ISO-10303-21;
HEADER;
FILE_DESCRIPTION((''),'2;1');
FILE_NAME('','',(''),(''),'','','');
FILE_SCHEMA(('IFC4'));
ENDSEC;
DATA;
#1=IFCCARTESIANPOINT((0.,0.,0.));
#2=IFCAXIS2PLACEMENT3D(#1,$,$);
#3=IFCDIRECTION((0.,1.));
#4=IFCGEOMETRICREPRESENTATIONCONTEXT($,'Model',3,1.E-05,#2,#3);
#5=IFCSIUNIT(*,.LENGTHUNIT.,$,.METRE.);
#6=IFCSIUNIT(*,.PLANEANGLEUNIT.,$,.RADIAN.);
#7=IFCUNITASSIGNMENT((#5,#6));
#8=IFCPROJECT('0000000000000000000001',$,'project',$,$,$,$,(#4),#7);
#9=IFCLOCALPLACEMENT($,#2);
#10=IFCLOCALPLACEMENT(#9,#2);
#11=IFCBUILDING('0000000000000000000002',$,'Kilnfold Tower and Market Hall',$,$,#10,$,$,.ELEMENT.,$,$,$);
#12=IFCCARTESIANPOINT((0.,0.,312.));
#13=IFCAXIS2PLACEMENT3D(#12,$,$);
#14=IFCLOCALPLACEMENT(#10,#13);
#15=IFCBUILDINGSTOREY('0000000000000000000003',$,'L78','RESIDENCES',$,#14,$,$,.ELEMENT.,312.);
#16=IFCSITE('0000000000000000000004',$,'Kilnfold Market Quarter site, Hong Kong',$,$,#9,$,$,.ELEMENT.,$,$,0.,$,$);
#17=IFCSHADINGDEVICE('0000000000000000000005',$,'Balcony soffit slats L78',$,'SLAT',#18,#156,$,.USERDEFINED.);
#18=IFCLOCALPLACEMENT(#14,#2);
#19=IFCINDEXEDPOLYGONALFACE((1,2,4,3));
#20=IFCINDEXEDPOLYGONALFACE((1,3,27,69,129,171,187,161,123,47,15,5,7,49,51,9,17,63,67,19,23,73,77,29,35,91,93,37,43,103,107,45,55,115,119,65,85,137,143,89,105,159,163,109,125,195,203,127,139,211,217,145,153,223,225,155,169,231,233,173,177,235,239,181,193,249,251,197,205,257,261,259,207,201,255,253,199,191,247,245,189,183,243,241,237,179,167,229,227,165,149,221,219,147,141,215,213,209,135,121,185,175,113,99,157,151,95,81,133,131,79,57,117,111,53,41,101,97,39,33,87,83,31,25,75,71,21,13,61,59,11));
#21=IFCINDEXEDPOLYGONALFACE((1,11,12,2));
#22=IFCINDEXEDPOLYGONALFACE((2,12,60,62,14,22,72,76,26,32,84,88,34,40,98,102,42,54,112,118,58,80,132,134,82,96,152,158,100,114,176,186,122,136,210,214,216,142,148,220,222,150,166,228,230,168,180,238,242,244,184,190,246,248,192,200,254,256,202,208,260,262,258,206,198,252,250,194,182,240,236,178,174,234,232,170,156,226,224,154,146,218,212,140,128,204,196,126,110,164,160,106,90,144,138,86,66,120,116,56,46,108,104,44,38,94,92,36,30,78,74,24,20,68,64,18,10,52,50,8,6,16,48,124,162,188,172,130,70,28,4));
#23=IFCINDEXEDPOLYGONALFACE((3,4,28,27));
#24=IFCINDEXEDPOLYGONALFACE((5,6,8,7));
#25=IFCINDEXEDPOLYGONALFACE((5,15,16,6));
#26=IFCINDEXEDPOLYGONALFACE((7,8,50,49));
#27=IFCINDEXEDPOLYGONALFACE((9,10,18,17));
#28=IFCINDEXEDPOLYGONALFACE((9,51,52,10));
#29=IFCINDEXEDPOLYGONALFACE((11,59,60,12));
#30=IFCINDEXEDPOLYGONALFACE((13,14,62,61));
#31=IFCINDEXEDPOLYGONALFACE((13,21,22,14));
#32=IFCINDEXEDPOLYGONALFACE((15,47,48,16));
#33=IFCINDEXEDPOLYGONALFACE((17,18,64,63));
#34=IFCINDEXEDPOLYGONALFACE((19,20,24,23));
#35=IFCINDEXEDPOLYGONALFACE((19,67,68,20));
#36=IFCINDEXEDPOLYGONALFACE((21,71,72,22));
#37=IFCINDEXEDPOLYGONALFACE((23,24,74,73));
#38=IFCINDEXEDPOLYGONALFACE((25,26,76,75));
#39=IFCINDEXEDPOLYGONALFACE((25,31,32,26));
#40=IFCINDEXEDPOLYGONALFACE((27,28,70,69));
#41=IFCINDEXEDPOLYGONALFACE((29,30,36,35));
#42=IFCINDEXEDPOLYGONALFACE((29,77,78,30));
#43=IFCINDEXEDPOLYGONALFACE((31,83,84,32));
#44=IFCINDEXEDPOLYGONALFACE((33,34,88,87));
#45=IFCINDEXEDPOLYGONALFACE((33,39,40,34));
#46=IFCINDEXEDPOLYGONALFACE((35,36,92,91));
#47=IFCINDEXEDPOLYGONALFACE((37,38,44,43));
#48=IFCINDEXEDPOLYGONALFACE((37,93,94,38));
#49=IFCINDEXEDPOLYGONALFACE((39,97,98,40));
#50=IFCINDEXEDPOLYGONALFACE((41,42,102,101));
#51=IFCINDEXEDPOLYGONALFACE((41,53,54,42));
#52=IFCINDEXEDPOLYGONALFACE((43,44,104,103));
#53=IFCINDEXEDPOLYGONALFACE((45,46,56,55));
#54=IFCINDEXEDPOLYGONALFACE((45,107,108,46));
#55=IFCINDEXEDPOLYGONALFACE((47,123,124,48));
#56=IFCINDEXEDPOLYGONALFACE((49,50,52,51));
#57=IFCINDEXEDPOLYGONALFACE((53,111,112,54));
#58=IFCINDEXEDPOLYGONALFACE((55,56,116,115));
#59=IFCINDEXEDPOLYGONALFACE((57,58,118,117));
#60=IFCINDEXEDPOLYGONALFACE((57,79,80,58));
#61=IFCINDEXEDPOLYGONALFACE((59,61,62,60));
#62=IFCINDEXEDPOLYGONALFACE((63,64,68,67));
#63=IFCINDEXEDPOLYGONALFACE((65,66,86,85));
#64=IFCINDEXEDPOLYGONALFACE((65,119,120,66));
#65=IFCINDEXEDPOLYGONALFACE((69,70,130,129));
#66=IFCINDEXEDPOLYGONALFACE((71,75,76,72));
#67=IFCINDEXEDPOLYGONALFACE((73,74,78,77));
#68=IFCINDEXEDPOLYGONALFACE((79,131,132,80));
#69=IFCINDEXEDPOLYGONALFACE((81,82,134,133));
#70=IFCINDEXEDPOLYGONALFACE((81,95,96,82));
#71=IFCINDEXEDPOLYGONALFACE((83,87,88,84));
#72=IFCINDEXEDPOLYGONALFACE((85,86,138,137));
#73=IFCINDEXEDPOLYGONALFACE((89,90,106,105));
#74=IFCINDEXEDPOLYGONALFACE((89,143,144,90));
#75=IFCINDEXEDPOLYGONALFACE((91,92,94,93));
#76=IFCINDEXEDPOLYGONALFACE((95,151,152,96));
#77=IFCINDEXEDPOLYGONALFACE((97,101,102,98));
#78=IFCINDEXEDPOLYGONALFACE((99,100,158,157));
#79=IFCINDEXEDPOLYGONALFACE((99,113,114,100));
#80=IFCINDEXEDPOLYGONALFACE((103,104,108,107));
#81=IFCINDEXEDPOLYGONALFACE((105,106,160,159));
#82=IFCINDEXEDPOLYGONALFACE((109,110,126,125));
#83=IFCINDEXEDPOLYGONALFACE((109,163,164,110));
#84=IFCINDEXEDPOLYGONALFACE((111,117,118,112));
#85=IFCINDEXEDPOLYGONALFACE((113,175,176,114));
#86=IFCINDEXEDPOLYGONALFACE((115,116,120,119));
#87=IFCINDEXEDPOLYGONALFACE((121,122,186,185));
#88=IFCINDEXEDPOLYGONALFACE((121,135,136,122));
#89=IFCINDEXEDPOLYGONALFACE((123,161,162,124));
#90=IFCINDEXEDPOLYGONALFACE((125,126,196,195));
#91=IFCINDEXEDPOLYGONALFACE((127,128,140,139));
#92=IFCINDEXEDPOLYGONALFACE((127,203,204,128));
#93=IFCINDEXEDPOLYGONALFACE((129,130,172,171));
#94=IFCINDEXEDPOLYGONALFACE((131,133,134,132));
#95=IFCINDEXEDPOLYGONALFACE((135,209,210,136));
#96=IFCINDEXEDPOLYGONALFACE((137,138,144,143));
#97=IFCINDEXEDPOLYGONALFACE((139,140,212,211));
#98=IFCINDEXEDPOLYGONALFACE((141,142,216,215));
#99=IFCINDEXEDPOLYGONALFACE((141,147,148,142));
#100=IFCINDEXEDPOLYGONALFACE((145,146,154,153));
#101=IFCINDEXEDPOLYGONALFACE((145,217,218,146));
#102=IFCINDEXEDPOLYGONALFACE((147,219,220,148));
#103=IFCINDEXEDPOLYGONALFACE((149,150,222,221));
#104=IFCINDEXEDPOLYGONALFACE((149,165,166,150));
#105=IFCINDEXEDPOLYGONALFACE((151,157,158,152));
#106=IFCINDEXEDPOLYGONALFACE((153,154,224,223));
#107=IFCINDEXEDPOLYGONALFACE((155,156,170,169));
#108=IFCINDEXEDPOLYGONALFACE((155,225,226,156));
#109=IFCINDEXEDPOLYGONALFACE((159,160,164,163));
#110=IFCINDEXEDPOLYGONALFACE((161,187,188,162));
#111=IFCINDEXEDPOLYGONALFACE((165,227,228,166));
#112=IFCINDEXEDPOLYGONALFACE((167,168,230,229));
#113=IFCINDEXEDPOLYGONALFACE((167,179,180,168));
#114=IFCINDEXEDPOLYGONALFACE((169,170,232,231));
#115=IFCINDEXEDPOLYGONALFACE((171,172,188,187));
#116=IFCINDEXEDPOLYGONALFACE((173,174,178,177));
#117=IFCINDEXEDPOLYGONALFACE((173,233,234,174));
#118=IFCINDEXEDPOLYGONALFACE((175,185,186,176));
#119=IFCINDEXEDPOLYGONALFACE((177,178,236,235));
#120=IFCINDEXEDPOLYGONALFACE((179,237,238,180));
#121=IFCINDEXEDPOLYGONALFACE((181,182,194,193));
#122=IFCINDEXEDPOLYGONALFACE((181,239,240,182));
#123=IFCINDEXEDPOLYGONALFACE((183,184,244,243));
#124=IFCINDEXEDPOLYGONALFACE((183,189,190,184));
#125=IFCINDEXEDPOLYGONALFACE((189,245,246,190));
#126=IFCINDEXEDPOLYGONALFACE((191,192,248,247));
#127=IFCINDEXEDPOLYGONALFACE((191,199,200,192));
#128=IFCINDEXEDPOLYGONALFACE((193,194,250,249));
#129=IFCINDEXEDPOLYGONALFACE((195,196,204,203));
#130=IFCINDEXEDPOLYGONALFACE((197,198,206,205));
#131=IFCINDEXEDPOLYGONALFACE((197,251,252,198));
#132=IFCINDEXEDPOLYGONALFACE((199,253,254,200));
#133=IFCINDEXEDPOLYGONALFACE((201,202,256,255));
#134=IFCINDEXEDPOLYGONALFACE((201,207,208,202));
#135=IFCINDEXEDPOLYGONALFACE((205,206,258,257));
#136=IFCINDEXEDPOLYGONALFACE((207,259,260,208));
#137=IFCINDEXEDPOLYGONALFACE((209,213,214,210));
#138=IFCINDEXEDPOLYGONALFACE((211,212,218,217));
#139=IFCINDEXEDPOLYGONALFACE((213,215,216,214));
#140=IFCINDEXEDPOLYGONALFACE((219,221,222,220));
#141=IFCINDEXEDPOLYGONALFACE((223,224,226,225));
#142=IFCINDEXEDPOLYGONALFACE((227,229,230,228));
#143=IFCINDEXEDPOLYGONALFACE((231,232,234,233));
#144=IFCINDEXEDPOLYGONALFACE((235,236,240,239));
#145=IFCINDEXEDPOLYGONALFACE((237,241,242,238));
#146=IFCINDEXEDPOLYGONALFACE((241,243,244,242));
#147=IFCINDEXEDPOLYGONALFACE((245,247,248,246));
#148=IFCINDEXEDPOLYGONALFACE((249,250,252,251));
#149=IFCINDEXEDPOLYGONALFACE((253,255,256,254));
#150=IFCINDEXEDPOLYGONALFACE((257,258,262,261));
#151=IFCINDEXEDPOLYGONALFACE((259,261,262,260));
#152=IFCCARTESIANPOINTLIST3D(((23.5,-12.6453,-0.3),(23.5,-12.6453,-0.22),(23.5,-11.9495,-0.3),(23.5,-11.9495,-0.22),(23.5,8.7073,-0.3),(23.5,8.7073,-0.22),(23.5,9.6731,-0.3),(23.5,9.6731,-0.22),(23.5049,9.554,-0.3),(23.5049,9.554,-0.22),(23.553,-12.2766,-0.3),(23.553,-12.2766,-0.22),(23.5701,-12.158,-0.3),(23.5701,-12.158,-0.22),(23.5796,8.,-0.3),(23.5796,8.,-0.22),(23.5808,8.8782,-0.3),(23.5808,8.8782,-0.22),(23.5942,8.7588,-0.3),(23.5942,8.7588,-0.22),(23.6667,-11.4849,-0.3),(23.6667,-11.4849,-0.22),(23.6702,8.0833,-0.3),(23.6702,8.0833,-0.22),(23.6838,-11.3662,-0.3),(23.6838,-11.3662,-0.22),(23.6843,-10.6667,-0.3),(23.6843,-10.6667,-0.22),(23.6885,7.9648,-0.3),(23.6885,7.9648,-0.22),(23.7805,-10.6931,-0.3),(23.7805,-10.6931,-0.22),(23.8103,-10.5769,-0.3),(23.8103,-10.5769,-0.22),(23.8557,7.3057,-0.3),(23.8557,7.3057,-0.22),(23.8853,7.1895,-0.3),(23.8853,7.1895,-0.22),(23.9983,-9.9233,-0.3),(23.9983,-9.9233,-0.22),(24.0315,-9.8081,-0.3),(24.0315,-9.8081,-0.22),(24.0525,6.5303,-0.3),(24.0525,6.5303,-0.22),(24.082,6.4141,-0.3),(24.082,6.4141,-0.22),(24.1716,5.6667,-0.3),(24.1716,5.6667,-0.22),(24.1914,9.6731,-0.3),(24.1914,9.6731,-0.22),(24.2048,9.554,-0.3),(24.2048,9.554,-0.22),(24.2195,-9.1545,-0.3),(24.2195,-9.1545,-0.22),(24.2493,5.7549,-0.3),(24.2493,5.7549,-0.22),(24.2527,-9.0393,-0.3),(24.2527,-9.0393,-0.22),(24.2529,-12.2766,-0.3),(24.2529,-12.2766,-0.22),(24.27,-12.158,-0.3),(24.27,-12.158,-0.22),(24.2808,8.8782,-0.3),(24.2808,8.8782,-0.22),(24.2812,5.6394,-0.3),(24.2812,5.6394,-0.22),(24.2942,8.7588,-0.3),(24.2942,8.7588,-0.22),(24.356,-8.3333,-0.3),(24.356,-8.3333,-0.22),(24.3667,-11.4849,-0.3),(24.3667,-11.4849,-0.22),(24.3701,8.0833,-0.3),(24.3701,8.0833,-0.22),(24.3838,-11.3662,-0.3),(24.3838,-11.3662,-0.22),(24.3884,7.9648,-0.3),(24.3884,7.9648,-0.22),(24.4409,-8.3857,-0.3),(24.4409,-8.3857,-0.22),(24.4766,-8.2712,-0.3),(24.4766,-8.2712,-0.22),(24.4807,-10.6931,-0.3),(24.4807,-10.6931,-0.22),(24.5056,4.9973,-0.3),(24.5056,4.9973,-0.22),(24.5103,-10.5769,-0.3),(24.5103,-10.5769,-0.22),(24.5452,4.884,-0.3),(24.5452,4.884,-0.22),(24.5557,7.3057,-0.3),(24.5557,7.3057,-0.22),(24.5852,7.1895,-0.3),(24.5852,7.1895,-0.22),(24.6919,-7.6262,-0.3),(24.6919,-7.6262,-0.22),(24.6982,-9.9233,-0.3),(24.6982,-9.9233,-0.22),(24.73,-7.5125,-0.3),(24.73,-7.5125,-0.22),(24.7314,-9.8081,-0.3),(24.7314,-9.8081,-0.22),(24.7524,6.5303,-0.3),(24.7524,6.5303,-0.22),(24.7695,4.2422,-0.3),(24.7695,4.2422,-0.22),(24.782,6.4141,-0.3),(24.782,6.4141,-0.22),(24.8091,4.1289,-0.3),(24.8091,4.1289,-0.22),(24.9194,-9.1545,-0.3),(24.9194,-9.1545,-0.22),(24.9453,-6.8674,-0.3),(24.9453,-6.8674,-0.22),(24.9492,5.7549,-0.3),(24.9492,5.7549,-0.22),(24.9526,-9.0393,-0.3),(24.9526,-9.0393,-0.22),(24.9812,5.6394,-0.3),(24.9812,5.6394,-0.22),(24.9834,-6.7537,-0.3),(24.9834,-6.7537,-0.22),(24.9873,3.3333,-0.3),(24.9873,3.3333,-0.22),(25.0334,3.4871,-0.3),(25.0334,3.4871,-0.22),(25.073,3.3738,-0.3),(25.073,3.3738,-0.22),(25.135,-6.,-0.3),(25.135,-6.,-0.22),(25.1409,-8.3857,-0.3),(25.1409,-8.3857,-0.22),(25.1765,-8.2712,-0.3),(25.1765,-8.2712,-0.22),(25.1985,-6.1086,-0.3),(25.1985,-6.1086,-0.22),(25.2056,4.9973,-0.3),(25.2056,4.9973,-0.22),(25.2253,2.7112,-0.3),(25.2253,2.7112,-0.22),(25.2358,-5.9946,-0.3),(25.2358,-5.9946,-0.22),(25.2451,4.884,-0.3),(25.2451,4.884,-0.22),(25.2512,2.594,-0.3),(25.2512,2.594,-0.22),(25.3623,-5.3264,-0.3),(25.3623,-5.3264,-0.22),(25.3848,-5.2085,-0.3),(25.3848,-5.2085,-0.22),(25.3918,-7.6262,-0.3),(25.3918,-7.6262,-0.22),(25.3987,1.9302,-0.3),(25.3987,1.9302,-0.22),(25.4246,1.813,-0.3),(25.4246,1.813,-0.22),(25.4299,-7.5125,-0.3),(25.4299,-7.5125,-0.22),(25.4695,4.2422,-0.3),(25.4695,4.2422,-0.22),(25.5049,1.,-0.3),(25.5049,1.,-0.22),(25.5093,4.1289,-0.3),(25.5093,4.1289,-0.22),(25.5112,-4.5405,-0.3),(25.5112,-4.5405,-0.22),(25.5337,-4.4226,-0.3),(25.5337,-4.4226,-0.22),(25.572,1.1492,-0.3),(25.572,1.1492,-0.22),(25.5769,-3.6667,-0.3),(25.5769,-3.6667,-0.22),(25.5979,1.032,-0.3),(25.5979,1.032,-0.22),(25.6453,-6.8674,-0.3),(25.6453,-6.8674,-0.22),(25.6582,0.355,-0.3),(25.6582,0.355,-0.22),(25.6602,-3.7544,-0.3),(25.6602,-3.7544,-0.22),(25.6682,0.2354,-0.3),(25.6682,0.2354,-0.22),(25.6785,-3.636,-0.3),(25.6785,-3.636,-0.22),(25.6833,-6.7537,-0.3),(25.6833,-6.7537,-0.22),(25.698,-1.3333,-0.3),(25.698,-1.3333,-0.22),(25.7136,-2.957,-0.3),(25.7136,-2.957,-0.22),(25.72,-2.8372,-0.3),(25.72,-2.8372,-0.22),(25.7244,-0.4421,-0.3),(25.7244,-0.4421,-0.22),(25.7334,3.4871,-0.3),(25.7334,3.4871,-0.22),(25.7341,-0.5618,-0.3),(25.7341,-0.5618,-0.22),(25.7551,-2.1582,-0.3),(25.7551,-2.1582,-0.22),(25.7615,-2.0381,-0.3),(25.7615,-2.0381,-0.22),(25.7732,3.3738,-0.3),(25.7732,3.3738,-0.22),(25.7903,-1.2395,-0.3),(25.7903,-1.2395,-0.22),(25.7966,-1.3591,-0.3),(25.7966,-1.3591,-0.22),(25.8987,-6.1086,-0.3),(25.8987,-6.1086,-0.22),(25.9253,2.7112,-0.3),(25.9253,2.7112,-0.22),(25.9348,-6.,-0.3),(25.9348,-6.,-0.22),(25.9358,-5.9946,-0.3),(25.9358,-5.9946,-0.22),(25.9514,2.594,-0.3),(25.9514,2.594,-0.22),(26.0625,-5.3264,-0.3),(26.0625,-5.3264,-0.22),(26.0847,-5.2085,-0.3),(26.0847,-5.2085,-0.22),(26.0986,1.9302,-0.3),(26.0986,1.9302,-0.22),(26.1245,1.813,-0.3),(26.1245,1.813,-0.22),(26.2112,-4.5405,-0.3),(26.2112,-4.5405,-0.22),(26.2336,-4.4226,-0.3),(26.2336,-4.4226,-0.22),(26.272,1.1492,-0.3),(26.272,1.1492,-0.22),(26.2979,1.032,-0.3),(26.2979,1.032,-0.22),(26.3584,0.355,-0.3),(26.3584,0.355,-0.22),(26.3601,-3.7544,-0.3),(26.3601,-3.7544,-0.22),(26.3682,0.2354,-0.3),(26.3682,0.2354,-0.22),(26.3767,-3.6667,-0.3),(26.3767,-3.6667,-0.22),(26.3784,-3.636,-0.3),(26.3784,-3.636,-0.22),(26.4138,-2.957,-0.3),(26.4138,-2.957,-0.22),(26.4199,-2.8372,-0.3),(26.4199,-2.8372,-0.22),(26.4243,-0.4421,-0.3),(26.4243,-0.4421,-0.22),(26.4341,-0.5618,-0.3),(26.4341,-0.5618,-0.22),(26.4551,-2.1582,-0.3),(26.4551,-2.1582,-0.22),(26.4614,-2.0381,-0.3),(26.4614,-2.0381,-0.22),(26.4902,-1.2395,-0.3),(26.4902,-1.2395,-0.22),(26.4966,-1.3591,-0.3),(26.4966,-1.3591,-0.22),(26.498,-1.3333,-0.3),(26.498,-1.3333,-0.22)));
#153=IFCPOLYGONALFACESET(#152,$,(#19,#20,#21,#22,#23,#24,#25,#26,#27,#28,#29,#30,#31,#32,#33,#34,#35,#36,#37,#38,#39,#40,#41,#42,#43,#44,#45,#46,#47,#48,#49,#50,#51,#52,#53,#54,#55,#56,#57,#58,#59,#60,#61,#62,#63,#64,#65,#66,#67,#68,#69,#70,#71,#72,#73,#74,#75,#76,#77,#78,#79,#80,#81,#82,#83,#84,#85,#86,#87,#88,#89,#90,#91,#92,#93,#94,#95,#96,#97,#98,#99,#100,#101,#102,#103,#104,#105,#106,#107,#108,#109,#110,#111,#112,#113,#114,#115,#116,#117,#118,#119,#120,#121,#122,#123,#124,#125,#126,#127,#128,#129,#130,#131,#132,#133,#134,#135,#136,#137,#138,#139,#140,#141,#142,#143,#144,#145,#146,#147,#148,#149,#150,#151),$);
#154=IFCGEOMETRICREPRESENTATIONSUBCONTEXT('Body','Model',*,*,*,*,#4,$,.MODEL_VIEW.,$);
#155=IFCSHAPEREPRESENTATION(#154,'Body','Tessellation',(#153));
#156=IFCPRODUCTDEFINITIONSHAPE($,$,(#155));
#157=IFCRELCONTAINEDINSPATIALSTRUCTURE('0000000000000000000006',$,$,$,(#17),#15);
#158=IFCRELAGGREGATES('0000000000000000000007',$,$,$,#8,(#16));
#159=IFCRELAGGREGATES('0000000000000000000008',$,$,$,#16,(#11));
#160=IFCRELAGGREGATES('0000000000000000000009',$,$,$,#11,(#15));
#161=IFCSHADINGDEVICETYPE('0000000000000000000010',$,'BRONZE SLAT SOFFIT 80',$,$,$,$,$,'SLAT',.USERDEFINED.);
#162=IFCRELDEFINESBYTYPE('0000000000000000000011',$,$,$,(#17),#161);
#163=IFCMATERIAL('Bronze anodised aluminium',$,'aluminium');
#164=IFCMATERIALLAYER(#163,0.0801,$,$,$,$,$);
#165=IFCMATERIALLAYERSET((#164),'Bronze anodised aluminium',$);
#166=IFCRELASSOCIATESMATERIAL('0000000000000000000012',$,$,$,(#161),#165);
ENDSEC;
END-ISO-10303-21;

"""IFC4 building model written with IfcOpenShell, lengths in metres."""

from ifc_helpers import new_model, si_unit, direction, frame, origin, place, context, subcontext, project, spatial, polyline, outline, extrude, source, transform, mapped, material, layer, layer_set, type_object, element, save


model = new_model("IFC4")

# Units and contexts
model_context = context("Model", 3, precision=1e-05, world=origin(), true_north=direction((0.0, 1.0)))
body_context = subcontext(model_context, "Body", "Model", "MODEL_VIEW")
ifc_project = project(units=[si_unit("LENGTHUNIT", "METRE"), si_unit("PLANEANGLEUNIT", "RADIAN")], contexts=[model_context])

# Site, building, storey
site_placement = place(None, origin())
site = spatial("IfcSite", under=ifc_project, at=site_placement, Name="Kilnfold Market Quarter site, Hong Kong", CompositionType="ELEMENT", RefElevation=0.0)
building_placement = place(site_placement, origin())
building = spatial("IfcBuilding", under=site, at=building_placement, Name="Kilnfold Tower and Market Hall", CompositionType="ELEMENT")
storey_placement = place(building_placement, frame((0.0, 0.0, 312.0)))
storey = spatial("IfcBuildingStorey", under=building, at=storey_placement, Name="L78", Description="RESIDENCES", CompositionType="ELEMENT", Elevation=312.0)

# Shading device
ifc_material_1 = material(Name="Bronze anodised aluminium", Category="aluminium")
ifc_layer_1 = layer(ifc_material_1, 0.0801)
ifc_layer_set_1 = layer_set([ifc_layer_1], Name="Bronze anodised aluminium")
shading_device_type_1 = type_object("IfcShadingDeviceType", Name="BRONZE SLAT SOFFIT 80", ElementType="SLAT", PredefinedType="USERDEFINED", material=ifc_layer_set_1)
shared_shape_1 = source(origin(), body_context, "Body", "SweptSolid", [
    extrude(outline(polyline([(23.6843, -10.6667), (24.356, -8.3333), (25.135, -6.0), (25.5769, -3.6667), (25.698, -1.3333), (25.5049, 1.0), (24.9873, 3.3333), (24.1716, 5.6667), (23.5796, 8.0), (23.5, 8.7073), (23.5, 9.6731), (24.1914, 9.6731), (24.2048, 9.554), (23.5049, 9.554), (23.5808, 8.8782), (24.2808, 8.8782), (24.2942, 8.7588), (23.5942, 8.7588), (23.6702, 8.0833), (24.3701, 8.0833), (24.3884, 7.9648), (23.6885, 7.9648), (23.8557, 7.3057), (24.5557, 7.3057), (24.5852, 7.1895), (23.8853, 7.1895), (24.0525, 6.5303), (24.7524, 6.5303), (24.782, 6.4141), (24.082, 6.4141), (24.2493, 5.7549), (24.9492, 5.7549), (24.9812, 5.6394), (24.2812, 5.6394), (24.5056, 4.9973), (25.2056, 4.9973), (25.2451, 4.884), (24.5452, 4.884), (24.7695, 4.2422), (25.4695, 4.2422), (25.5093, 4.1289), (24.8091, 4.1289), (25.0334, 3.4871), (25.7334, 3.4871), (25.7732, 3.3738), (25.073, 3.3738), (25.2253, 2.7112), (25.9253, 2.7112), (25.9514, 2.594), (25.2512, 2.594), (25.3987, 1.9302), (26.0986, 1.9302), (26.1245, 1.813), (25.4246, 1.813), (25.572, 1.1492), (26.272, 1.1492), (26.2979, 1.032), (25.5979, 1.032), (25.6582, 0.355), (26.3584, 0.355), (26.3682, 0.2354), (25.6682, 0.2354), (25.7244, -0.4421), (26.4243, -0.4421), (26.4341, -0.5618), (25.7341, -0.5618), (25.7903, -1.2395), (26.4902, -1.2395), (26.498, -1.3333), (26.4966, -1.3591), (25.7966, -1.3591), (25.7615, -2.0381), (26.4614, -2.0381), (26.4551, -2.1582), (25.7551, -2.1582), (25.72, -2.8372), (26.4199, -2.8372), (26.4138, -2.957), (25.7136, -2.957), (25.6785, -3.636), (26.3784, -3.636), (26.3767, -3.6667), (26.3601, -3.7544), (25.6602, -3.7544), (25.5337, -4.4226), (26.2336, -4.4226), (26.2112, -4.5405), (25.5112, -4.5405), (25.3848, -5.2085), (26.0847, -5.2085), (26.0625, -5.3264), (25.3623, -5.3264), (25.2358, -5.9946), (25.9358, -5.9946), (25.9348, -6.0), (25.8987, -6.1086), (25.1985, -6.1086), (24.9834, -6.7537), (25.6833, -6.7537), (25.6453, -6.8674), (24.9453, -6.8674), (24.73, -7.5125), (25.4299, -7.5125), (25.3918, -7.6262), (24.6919, -7.6262), (24.4766, -8.2712), (25.1765, -8.2712), (25.1409, -8.3857), (24.4409, -8.3857), (24.2527, -9.0393), (24.9526, -9.0393), (24.9194, -9.1545), (24.2195, -9.1545), (24.0315, -9.8081), (24.7314, -9.8081), (24.6982, -9.9233), (23.9983, -9.9233), (23.8103, -10.5769), (24.5103, -10.5769), (24.4807, -10.6931), (23.7805, -10.6931), (23.6838, -11.3662), (24.3838, -11.3662), (24.3667, -11.4849), (23.6667, -11.4849), (23.5701, -12.158), (24.27, -12.158), (24.2529, -12.2766), (23.553, -12.2766), (23.5, -12.6453), (23.5, -11.9495), (23.6843, -10.6667)])), origin(), (0.0, 0.0, 1.0), 0.0801),
])
shading_device_1_placement = place(storey_placement, frame((0.0, 0.0, -0.3)))
element("IfcShadingDevice", 1, at=shading_device_1_placement, inside=storey, type_object=shading_device_type_1, Name="Balcony soffit slats L78", ObjectType="SLAT", PredefinedType="USERDEFINED", context=body_context, shape_type="MappedRepresentation", body=[
    mapped(shared_shape_1, transform((0.0, 0.0, 0.0))),
])

save(model, "model.ifc")
